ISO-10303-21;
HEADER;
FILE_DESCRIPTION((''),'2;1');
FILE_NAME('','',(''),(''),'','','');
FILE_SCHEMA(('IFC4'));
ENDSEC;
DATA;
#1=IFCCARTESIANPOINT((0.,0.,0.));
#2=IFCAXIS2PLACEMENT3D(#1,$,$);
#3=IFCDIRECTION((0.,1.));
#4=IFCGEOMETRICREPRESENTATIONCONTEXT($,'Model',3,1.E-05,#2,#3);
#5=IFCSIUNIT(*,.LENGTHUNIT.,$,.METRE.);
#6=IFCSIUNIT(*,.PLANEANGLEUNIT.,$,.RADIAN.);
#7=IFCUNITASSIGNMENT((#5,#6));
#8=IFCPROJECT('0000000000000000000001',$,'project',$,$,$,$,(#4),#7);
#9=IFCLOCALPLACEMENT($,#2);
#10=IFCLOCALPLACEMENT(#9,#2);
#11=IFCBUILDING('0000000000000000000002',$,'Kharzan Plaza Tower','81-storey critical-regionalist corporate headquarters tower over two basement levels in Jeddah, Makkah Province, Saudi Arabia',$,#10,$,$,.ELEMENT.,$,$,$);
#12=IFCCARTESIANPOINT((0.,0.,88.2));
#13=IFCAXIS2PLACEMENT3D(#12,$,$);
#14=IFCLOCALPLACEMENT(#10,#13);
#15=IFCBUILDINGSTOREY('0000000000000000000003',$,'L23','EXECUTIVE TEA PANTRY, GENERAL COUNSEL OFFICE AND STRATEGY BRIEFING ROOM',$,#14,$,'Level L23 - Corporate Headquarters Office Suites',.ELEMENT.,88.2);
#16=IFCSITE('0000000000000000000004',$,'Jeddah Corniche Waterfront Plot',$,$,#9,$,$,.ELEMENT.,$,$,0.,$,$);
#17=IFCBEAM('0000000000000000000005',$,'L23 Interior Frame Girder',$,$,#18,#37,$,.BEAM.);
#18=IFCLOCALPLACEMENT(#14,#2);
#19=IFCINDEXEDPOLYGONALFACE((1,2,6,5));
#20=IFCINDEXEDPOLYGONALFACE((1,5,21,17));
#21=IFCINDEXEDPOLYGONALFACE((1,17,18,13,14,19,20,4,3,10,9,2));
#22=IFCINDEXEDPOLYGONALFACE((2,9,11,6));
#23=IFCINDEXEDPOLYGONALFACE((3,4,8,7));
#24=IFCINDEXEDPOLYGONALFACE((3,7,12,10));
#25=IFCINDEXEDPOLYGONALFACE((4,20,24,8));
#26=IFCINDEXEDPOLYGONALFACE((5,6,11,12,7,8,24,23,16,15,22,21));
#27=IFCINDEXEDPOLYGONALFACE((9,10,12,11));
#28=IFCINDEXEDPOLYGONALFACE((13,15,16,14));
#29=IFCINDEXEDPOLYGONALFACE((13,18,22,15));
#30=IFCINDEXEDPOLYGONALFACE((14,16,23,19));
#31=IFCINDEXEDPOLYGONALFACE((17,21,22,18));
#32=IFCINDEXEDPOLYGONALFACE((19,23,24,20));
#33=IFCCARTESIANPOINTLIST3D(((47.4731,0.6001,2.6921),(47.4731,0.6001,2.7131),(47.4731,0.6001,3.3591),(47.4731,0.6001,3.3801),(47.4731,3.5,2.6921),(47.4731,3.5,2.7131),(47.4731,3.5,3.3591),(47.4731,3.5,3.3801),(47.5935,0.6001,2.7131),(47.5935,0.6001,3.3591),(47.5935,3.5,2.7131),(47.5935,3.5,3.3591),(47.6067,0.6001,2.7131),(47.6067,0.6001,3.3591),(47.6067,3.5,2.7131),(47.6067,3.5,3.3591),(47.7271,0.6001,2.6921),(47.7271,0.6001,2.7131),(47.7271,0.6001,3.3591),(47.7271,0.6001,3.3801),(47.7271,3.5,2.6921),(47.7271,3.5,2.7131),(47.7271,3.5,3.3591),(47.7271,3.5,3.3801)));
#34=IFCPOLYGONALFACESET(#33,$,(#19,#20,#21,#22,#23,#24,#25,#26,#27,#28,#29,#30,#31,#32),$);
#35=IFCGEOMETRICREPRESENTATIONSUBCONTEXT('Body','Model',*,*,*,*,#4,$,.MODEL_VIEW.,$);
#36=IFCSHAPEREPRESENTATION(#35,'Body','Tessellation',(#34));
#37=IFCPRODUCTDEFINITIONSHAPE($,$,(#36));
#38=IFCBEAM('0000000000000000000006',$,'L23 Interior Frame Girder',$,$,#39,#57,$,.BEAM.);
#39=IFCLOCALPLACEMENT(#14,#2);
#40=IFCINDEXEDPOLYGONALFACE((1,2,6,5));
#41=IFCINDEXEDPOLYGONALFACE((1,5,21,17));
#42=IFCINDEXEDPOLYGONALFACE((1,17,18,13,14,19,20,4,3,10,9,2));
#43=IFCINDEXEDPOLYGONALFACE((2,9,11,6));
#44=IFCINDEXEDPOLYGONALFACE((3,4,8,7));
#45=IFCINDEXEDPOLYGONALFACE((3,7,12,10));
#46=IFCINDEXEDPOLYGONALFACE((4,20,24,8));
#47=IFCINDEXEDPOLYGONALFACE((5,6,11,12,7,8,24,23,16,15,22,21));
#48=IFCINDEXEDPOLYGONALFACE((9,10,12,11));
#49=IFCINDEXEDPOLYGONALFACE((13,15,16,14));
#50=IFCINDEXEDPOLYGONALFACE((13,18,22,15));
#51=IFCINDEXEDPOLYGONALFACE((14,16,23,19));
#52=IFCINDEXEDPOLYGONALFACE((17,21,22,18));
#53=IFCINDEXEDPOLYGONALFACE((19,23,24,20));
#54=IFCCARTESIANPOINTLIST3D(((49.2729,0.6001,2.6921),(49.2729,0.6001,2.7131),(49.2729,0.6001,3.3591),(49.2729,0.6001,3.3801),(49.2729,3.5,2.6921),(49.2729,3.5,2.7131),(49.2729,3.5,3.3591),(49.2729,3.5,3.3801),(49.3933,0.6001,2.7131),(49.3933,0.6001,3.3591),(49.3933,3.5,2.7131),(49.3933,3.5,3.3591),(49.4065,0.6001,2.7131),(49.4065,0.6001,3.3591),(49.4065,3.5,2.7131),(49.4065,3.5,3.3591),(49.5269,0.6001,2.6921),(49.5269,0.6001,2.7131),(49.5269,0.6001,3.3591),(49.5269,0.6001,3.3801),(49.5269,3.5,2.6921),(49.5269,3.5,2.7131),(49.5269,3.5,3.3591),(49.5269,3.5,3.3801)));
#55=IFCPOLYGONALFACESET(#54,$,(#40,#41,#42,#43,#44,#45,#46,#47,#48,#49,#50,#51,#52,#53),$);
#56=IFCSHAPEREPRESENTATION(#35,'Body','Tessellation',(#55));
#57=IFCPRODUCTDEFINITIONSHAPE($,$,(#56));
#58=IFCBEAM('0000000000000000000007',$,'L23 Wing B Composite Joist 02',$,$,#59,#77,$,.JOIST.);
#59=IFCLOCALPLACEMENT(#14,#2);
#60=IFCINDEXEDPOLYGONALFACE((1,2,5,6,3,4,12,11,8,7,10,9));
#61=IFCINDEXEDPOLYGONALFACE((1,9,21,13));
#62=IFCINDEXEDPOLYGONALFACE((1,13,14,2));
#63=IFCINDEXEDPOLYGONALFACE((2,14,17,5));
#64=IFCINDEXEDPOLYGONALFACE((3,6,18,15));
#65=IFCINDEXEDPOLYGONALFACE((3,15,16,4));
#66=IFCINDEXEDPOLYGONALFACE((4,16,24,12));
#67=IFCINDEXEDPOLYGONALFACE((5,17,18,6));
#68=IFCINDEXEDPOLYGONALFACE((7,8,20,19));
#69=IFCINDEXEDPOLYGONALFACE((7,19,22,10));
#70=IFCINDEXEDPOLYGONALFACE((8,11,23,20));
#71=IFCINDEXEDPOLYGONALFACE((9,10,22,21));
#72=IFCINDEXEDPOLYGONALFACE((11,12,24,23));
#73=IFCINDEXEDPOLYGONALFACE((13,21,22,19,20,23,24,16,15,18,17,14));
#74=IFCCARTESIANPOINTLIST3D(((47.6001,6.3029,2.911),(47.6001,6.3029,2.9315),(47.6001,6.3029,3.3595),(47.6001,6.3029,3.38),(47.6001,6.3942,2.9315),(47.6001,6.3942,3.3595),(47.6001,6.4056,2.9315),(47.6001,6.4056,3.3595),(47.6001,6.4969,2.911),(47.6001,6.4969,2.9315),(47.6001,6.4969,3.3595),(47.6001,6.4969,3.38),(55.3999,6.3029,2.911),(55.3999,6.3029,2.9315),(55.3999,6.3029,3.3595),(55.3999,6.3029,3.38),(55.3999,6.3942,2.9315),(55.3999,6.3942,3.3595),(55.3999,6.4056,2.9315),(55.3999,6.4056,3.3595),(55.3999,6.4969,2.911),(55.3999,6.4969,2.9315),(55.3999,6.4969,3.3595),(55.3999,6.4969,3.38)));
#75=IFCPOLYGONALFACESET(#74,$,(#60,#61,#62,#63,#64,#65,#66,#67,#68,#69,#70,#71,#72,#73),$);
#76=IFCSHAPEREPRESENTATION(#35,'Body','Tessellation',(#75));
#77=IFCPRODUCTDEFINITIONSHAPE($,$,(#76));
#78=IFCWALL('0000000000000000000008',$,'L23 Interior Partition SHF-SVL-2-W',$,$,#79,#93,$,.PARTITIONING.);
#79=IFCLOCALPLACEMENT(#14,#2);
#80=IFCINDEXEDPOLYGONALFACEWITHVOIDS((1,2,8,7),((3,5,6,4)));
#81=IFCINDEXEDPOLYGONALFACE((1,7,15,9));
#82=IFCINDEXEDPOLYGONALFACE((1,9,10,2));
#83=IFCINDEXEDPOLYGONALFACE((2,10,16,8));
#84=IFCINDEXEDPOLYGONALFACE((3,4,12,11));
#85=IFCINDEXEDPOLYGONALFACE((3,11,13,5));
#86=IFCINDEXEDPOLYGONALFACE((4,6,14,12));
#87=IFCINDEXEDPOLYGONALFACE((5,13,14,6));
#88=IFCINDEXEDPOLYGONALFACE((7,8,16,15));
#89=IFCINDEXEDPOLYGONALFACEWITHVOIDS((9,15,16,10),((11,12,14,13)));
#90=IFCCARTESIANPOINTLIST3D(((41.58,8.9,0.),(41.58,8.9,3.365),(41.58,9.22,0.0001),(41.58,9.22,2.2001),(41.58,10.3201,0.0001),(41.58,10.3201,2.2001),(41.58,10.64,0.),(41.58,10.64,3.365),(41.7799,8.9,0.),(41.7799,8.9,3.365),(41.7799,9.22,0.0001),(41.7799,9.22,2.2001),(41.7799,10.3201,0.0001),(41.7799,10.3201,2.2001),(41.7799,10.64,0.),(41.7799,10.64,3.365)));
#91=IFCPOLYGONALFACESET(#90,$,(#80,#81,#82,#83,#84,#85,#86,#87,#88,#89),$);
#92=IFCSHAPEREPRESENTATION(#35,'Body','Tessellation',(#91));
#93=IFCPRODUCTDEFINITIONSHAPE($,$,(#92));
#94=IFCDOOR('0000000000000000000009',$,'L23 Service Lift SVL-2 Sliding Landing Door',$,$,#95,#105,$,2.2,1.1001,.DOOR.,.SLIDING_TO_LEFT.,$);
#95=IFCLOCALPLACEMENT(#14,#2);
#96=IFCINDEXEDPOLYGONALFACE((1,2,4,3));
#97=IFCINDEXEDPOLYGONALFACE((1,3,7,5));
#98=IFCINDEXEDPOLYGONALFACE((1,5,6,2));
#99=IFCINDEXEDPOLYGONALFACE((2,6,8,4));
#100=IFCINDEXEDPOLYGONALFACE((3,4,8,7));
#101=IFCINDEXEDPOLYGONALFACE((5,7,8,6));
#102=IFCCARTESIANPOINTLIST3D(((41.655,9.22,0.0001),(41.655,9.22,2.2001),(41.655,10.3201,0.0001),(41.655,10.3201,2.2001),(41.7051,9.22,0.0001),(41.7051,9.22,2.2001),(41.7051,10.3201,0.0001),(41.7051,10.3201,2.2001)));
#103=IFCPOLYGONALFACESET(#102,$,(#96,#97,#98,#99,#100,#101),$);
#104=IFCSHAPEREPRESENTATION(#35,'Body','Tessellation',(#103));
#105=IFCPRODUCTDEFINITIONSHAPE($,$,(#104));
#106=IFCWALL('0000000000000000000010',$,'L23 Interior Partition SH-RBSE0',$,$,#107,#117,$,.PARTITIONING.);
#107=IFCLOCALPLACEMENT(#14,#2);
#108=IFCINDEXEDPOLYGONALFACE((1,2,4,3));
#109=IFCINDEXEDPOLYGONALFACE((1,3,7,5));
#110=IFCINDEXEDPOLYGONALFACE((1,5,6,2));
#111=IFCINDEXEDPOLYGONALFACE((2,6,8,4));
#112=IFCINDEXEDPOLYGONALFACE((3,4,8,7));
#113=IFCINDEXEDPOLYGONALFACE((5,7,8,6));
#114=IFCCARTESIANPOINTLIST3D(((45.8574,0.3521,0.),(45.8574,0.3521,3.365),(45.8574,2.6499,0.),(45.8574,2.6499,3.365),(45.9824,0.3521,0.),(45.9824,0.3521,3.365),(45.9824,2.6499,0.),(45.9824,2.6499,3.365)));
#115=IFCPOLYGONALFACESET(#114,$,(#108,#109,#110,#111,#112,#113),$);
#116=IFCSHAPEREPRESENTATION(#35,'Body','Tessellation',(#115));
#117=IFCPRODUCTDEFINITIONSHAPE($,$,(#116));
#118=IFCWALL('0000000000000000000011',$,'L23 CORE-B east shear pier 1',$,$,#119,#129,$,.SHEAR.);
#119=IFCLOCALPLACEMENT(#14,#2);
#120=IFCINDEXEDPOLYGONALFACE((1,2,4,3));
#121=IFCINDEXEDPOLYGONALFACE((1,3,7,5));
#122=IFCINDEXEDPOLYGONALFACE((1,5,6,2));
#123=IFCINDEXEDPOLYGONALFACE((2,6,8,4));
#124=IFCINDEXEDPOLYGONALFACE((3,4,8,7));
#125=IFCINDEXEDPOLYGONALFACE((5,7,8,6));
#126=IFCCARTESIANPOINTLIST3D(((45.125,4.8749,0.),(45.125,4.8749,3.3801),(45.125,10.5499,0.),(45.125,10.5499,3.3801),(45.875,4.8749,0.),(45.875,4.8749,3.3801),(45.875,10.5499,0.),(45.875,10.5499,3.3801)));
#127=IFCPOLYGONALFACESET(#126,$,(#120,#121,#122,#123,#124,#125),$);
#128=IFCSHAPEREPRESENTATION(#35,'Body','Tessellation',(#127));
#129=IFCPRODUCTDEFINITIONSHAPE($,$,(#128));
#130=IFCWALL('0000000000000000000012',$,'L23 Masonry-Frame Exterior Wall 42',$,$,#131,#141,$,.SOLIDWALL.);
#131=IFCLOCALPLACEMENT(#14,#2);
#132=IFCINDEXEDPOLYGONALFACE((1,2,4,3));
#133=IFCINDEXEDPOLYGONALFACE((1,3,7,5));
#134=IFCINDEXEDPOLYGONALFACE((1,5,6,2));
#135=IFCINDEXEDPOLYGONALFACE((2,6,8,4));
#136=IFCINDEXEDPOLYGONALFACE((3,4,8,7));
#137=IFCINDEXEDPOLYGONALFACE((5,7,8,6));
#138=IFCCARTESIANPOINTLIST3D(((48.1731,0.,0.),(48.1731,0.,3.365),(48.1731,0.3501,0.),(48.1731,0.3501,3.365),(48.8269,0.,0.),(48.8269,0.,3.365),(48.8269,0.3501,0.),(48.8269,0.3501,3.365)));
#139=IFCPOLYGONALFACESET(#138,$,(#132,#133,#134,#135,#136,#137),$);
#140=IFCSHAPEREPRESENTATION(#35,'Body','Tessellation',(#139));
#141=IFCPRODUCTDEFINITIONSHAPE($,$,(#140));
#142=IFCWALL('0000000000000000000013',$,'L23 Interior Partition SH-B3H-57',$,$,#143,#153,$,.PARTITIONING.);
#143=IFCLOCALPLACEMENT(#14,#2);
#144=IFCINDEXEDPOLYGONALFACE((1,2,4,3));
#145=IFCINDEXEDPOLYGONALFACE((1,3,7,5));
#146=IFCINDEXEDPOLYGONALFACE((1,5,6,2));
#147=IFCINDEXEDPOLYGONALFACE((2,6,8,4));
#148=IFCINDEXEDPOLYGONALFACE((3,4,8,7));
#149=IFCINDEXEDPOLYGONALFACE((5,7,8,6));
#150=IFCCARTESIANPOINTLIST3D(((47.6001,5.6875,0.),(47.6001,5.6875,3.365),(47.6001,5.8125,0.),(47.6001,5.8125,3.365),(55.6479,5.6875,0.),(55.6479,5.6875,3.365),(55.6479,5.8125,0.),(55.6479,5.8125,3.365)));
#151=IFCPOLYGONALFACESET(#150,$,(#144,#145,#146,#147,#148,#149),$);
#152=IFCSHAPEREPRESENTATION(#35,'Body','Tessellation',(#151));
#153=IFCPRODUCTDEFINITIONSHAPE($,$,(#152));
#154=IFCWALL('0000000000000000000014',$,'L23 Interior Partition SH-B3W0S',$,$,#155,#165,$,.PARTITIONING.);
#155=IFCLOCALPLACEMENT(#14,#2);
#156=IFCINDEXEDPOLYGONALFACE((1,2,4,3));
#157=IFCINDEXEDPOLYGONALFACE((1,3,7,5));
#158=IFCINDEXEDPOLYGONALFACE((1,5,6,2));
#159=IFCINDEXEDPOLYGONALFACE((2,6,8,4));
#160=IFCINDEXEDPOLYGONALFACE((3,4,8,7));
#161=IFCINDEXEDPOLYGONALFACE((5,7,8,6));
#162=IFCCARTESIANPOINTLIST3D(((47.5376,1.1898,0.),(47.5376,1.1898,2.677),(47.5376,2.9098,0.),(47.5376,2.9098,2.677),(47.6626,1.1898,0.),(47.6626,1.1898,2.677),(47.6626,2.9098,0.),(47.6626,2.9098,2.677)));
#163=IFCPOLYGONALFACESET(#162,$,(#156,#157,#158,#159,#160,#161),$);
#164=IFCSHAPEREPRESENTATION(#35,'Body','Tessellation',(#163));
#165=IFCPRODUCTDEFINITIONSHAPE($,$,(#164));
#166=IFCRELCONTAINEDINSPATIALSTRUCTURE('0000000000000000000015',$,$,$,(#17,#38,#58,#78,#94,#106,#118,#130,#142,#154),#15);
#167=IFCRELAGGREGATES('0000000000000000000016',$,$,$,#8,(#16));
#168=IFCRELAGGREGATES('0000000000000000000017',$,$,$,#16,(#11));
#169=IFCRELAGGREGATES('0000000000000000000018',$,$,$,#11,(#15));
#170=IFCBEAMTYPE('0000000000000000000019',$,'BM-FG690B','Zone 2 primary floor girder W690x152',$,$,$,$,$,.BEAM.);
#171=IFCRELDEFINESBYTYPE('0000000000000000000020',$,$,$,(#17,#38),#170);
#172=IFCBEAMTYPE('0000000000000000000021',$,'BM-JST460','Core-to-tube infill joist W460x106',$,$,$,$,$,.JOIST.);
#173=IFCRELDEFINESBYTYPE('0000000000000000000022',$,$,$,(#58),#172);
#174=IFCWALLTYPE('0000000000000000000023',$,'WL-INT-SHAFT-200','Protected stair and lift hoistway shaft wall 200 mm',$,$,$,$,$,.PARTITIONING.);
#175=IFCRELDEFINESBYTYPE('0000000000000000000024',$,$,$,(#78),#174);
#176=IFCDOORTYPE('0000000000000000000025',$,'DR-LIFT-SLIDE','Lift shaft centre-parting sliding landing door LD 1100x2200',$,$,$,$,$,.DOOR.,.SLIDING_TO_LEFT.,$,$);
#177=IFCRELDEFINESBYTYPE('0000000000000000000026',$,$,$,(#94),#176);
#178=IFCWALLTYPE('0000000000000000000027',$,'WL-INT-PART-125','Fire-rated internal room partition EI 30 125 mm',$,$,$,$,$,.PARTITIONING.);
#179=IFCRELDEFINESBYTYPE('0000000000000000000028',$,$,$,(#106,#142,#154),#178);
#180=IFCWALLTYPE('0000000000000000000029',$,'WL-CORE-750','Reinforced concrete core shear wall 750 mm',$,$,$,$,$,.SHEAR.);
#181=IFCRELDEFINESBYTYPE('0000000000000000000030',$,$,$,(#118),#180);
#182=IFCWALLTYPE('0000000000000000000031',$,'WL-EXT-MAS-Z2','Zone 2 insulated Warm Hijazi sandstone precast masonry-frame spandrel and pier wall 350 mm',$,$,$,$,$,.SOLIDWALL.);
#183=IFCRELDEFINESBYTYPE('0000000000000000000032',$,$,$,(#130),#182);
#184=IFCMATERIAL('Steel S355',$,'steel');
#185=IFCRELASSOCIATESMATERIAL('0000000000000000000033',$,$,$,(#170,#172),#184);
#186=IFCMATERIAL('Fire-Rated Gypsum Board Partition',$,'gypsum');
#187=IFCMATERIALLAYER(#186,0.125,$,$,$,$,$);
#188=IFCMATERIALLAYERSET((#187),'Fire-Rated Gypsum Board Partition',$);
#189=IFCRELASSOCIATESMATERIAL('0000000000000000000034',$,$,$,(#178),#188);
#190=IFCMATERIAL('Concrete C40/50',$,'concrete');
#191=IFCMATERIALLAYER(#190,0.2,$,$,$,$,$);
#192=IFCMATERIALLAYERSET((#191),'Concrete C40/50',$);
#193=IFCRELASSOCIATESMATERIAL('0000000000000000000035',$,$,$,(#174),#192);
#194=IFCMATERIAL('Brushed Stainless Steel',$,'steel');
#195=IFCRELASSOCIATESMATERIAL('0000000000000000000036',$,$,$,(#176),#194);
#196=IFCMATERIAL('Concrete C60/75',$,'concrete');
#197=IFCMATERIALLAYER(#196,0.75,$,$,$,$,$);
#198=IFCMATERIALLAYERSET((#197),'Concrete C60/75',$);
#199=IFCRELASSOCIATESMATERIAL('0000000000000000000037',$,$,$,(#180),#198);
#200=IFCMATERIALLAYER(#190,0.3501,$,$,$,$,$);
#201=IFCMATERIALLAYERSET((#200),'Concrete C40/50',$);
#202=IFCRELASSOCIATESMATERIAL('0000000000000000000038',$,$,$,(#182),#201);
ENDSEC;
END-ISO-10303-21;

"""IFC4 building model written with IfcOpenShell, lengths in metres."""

from ifc_helpers import new_model, si_unit, direction, frame, frame_2d, origin, origin_2d, place, context, subcontext, project, spatial, rectangle, i_section, extrude, source, transform, mapped, material, layer, layer_set, material_profile, profile_set, type_object, element, fill, save


model = new_model("IFC4")

# Units and contexts
model_context = context("Model", 3, precision=1e-05, world=origin(), true_north=direction((0.0, 1.0)))
body_context = subcontext(model_context, "Body", "Model", "MODEL_VIEW")
ifc_project = project(units=[si_unit("LENGTHUNIT", "METRE"), si_unit("PLANEANGLEUNIT", "RADIAN")], contexts=[model_context])

# Site, building, storey
site_placement = place(None, origin())
site = spatial("IfcSite", under=ifc_project, at=site_placement, Name="Jeddah Corniche Waterfront Plot", CompositionType="ELEMENT", RefElevation=0.0)
building_placement = place(site_placement, origin())
building = spatial("IfcBuilding", under=site, at=building_placement, Name="Kharzan Plaza Tower", Description="81-storey critical-regionalist corporate headquarters tower over two basement levels in Jeddah, Makkah Province, Saudi Arabia", CompositionType="ELEMENT")
storey_placement = place(building_placement, frame((0.0, 0.0, 88.2)))
storey = spatial("IfcBuildingStorey", under=building, at=storey_placement, Name="L23", Description="EXECUTIVE TEA PANTRY, GENERAL COUNSEL OFFICE AND STRATEGY BRIEFING ROOM", LongName="Level L23 - Corporate Headquarters Office Suites", CompositionType="ELEMENT", Elevation=88.2)

# Shared definitions
ifc_material_1 = material(Name="Concrete C60/75", Category="concrete")

# Beams
ifc_material_2 = material(Name="Steel S355", Category="steel")
ifc_material_profile_1 = material_profile(ifc_material_2, i_section(OverallWidth=0.2539, OverallDepth=0.688, WebThickness=0.0132, FlangeThickness=0.021, at=origin_2d()), Name="W690x152")
ifc_profile_set_1 = profile_set([ifc_material_profile_1], Name="Steel S355")
beam_type_1 = type_object("IfcBeamType", Name="BM-FG690B", Description="Zone 2 primary floor girder W690x152", PredefinedType="BEAM", material=ifc_profile_set_1)
shared_shape_1 = source(origin(), body_context, "Body", "SweptSolid", [
    extrude(i_section(OverallWidth=0.2539, OverallDepth=0.688, WebThickness=0.0132, FlangeThickness=0.021, at=origin_2d()), origin(), (0.0, 0.0, 1.0), 2.8999),
])
for number, where, z_axis, x_axis, name in (
    (1, (47.6001, 0.6001, 3.0361), (0.0, 1.0, 0.0), (-1.0, 0.0, 0.0), "L23 Interior Frame Girder"),
    (2, (49.3999, 0.6001, 3.0361), (0.0, 1.0, 0.0), (-1.0, 0.0, 0.0), "L23 Interior Frame Girder"),
):
    element("IfcBeam", number, at=place(storey_placement, frame(where, z_axis=z_axis, x_axis=x_axis)), inside=storey, type_object=beam_type_1, Name=name, PredefinedType="BEAM", context=body_context, shape_type="MappedRepresentation", body=[
        mapped(shared_shape_1, transform((0.0, 0.0, 0.0), x_axis=(1.0, 0.0, 0.0), y_axis=(0.0, 1.0, 0.0), z_axis=(0.0, 0.0, 1.0))),
    ])
ifc_material_profile_2 = material_profile(ifc_material_2, i_section(OverallWidth=0.1941, OverallDepth=0.469, WebThickness=0.0115, FlangeThickness=0.0205, at=origin_2d()), Name="W460x106")
ifc_profile_set_2 = profile_set([ifc_material_profile_2], Name="Steel S355")
beam_type_2 = type_object("IfcBeamType", Name="BM-JST460", Description="Core-to-tube infill joist W460x106", PredefinedType="JOIST", material=ifc_profile_set_2)
shared_shape_2 = source(origin(), body_context, "Body", "SweptSolid", [
    extrude(i_section(OverallWidth=0.1941, OverallDepth=0.469, WebThickness=0.0115, FlangeThickness=0.0205, at=origin_2d()), origin(), (0.0, 0.0, 1.0), 7.7998),
])
beam_1_placement = place(storey_placement, frame((47.6001, 6.3999, 3.1455), z_axis=(1.0, 0.0, 0.0), x_axis=(0.0, 1.0, 0.0)))
element("IfcBeam", 3, at=beam_1_placement, inside=storey, type_object=beam_type_2, Name="L23 Wing B Composite Joist 02", PredefinedType="JOIST", context=body_context, shape_type="MappedRepresentation", body=[
    mapped(shared_shape_2, transform((0.0, 0.0, 0.0), x_axis=(1.0, 0.0, 0.0), y_axis=(0.0, 1.0, 0.0), z_axis=(0.0, 0.0, 1.0))),
])

# Wall, opening, door
ifc_material_3 = material(Name="Fire-Rated Gypsum Board Partition", Category="gypsum")
ifc_layer_1 = layer(ifc_material_3, 0.125)
ifc_layer_set_1 = layer_set([ifc_layer_1], Name="Fire-Rated Gypsum Board Partition")
wall_type_1 = type_object("IfcWallType", Name="WL-INT-PART-125", Description="Fire-rated internal room partition EI 30 125 mm", PredefinedType="PARTITIONING", material=ifc_layer_set_1)
ifc_material_4 = material(Name="Concrete C40/50", Category="concrete")
ifc_layer_2 = layer(ifc_material_4, 0.2)
ifc_layer_set_2 = layer_set([ifc_layer_2], Name="Concrete C40/50")
wall_type_2 = type_object("IfcWallType", Name="WL-INT-SHAFT-200", Description="Protected stair and lift hoistway shaft wall 200 mm", PredefinedType="PARTITIONING", material=ifc_layer_set_2)
wall_1_placement = place(storey_placement, frame((41.6799, 8.8999, 0.0), z_axis=(0.0, 0.0, 1.0), x_axis=(0.0, 1.0, 0.0)))
wall_1 = element("IfcWall", 4, at=wall_1_placement, inside=storey, type_object=wall_type_2, Name="L23 Interior Partition SHF-SVL-2-W", PredefinedType="PARTITIONING", context=body_context, shape_type="SweptSolid", body=[
    extrude(rectangle(XDim=1.74, YDim=0.2, at=frame_2d((0.8701, 0.0))), origin(), (0.0, 0.0, 1.0), 3.365),
])
opening_1_placement = place(wall_1_placement, frame((0.3201, 0.0, 0.0)))
opening_1 = element("IfcOpeningElement", 5, at=opening_1_placement, cuts=wall_1, PredefinedType="OPENING", context=body_context, shape_type="SweptSolid", body=[
    extrude(rectangle(XDim=1.1001, YDim=2.2, at=frame_2d((0.55, 1.1001))), frame((0.0, 0.1099, 0.0), z_axis=(0.0, -1.0, 0.0), x_axis=(1.0, 0.0, 0.0)), (0.0, 0.0, 1.0), 0.22),
])
ifc_material_5 = material(Name="Brushed Stainless Steel", Category="steel")
door_type_1 = type_object("IfcDoorType", Name="DR-LIFT-SLIDE", Description="Lift shaft centre-parting sliding landing door LD 1100x2200", OperationType="SLIDING_TO_LEFT", PredefinedType="DOOR", material=ifc_material_5)
shared_shape_3 = source(origin(), body_context, "Body", "SweptSolid", [
    extrude(rectangle(XDim=1.1001, YDim=2.2, at=frame_2d((0.55, 1.1001))), frame((0.0, 0.0249, 0.0), z_axis=(0.0, -1.0, 0.0), x_axis=(1.0, 0.0, 0.0)), (0.0, 0.0, 1.0), 0.05),
])
door_1_placement = place(opening_1_placement, origin())
door_1 = element("IfcDoor", 6, at=door_1_placement, inside=storey, type_object=door_type_1, Name="L23 Service Lift SVL-2 Sliding Landing Door", OperationType="SLIDING_TO_LEFT", OverallHeight=2.2, OverallWidth=1.1001, PredefinedType="DOOR", context=body_context, shape_type="MappedRepresentation", body=[
    mapped(shared_shape_3, transform((0.0, 0.0, 0.0), x_axis=(1.0, 0.0, 0.0), y_axis=(0.0, 1.0, 0.0), z_axis=(0.0, 0.0, 1.0))),
])
fill(opening_1, door_1)

# Walls
shared_shape_4 = source(origin(), body_context, "Body", "SweptSolid", [
    extrude(rectangle(XDim=2.2979, YDim=0.125, at=frame_2d((1.1489, 0.0))), origin(), (0.0, 0.0, 1.0), 3.365),
])
wall_2_placement = place(storey_placement, frame((45.9199, 0.3521, 0.0), z_axis=(0.0, 0.0, 1.0), x_axis=(0.0, 1.0, 0.0)))
element("IfcWall", 7, at=wall_2_placement, inside=storey, type_object=wall_type_1, Name="L23 Interior Partition SH-RBSE0", PredefinedType="PARTITIONING", context=body_context, shape_type="MappedRepresentation", body=[
    mapped(shared_shape_4, transform((0.0, 0.0, 0.0), x_axis=(1.0, 0.0, 0.0), y_axis=(0.0, 1.0, 0.0), z_axis=(0.0, 0.0, 1.0))),
])
ifc_layer_3 = layer(ifc_material_1, 0.75)
ifc_layer_set_3 = layer_set([ifc_layer_3], Name="Concrete C60/75")
wall_type_3 = type_object("IfcWallType", Name="WL-CORE-750", Description="Reinforced concrete core shear wall 750 mm", PredefinedType="SHEAR", material=ifc_layer_set_3)
shared_shape_5 = source(origin(), body_context, "Body", "SweptSolid", [
    extrude(rectangle(XDim=5.675, YDim=0.75, at=frame_2d((2.8374, 0.0))), origin(), (0.0, 0.0, 1.0), 3.3801),
])
wall_3_placement = place(storey_placement, frame((45.5, 4.875, 0.0), z_axis=(0.0, 0.0, 1.0), x_axis=(0.0, 1.0, 0.0)))
element("IfcWall", 8, at=wall_3_placement, inside=storey, type_object=wall_type_3, Name="L23 CORE-B east shear pier 1", PredefinedType="SHEAR", context=body_context, shape_type="MappedRepresentation", body=[
    mapped(shared_shape_5, transform((0.0, 0.0, 0.0), x_axis=(1.0, 0.0, 0.0), y_axis=(0.0, 1.0, 0.0), z_axis=(0.0, 0.0, 1.0))),
])
ifc_layer_4 = layer(ifc_material_4, 0.3501)
ifc_layer_set_4 = layer_set([ifc_layer_4], Name="Concrete C40/50")
wall_type_4 = type_object("IfcWallType", Name="WL-EXT-MAS-Z2", Description="Zone 2 insulated Warm Hijazi sandstone precast masonry-frame spandrel and pier wall 350 mm", PredefinedType="SOLIDWALL", material=ifc_layer_set_4)
shared_shape_6 = source(origin(), body_context, "Body", "SweptSolid", [
    extrude(rectangle(XDim=0.6538, YDim=0.3501, at=frame_2d((0.3269, 0.0))), origin(), (0.0, 0.0, 1.0), 3.365),
])
wall_4_placement = place(storey_placement, frame((48.1731, 0.175, 0.0), z_axis=(0.0, 0.0, 1.0), x_axis=(1.0, 0.0, 0.0)))
element("IfcWall", 9, at=wall_4_placement, inside=storey, type_object=wall_type_4, Name="L23 Masonry-Frame Exterior Wall 42", PredefinedType="SOLIDWALL", context=body_context, shape_type="MappedRepresentation", body=[
    mapped(shared_shape_6, transform((0.0, 0.0, 0.0), x_axis=(1.0, 0.0, 0.0), y_axis=(0.0, 1.0, 0.0), z_axis=(0.0, 0.0, 1.0))),
])
shared_shape_7 = source(origin(), body_context, "Body", "SweptSolid", [
    extrude(rectangle(XDim=8.0479, YDim=0.125, at=frame_2d((4.0239, 0.0))), origin(), (0.0, 0.0, 1.0), 3.365),
])
wall_5_placement = place(storey_placement, frame((47.6001, 5.75, 0.0), z_axis=(0.0, 0.0, 1.0), x_axis=(1.0, 0.0, 0.0)))
element("IfcWall", 10, at=wall_5_placement, inside=storey, type_object=wall_type_1, Name="L23 Interior Partition SH-B3H-57", PredefinedType="PARTITIONING", context=body_context, shape_type="MappedRepresentation", body=[
    mapped(shared_shape_7, transform((0.0, 0.0, 0.0), x_axis=(1.0, 0.0, 0.0), y_axis=(0.0, 1.0, 0.0), z_axis=(0.0, 0.0, 1.0))),
])
shared_shape_8 = source(origin(), body_context, "Body", "SweptSolid", [
    extrude(rectangle(XDim=1.72, YDim=0.125, at=frame_2d((0.8599, 0.0))), origin(), (0.0, 0.0, 1.0), 2.677),
])
wall_6_placement = place(storey_placement, frame((47.6001, 1.1899, 0.0), z_axis=(0.0, 0.0, 1.0), x_axis=(0.0, 1.0, 0.0)))
element("IfcWall", 11, at=wall_6_placement, inside=storey, type_object=wall_type_1, Name="L23 Interior Partition SH-B3W0S", PredefinedType="PARTITIONING", context=body_context, shape_type="MappedRepresentation", body=[
    mapped(shared_shape_8, transform((0.0, 0.0, 0.0), x_axis=(1.0, 0.0, 0.0), y_axis=(0.0, 1.0, 0.0), z_axis=(0.0, 0.0, 1.0))),
])

save(model, "model.ifc")
